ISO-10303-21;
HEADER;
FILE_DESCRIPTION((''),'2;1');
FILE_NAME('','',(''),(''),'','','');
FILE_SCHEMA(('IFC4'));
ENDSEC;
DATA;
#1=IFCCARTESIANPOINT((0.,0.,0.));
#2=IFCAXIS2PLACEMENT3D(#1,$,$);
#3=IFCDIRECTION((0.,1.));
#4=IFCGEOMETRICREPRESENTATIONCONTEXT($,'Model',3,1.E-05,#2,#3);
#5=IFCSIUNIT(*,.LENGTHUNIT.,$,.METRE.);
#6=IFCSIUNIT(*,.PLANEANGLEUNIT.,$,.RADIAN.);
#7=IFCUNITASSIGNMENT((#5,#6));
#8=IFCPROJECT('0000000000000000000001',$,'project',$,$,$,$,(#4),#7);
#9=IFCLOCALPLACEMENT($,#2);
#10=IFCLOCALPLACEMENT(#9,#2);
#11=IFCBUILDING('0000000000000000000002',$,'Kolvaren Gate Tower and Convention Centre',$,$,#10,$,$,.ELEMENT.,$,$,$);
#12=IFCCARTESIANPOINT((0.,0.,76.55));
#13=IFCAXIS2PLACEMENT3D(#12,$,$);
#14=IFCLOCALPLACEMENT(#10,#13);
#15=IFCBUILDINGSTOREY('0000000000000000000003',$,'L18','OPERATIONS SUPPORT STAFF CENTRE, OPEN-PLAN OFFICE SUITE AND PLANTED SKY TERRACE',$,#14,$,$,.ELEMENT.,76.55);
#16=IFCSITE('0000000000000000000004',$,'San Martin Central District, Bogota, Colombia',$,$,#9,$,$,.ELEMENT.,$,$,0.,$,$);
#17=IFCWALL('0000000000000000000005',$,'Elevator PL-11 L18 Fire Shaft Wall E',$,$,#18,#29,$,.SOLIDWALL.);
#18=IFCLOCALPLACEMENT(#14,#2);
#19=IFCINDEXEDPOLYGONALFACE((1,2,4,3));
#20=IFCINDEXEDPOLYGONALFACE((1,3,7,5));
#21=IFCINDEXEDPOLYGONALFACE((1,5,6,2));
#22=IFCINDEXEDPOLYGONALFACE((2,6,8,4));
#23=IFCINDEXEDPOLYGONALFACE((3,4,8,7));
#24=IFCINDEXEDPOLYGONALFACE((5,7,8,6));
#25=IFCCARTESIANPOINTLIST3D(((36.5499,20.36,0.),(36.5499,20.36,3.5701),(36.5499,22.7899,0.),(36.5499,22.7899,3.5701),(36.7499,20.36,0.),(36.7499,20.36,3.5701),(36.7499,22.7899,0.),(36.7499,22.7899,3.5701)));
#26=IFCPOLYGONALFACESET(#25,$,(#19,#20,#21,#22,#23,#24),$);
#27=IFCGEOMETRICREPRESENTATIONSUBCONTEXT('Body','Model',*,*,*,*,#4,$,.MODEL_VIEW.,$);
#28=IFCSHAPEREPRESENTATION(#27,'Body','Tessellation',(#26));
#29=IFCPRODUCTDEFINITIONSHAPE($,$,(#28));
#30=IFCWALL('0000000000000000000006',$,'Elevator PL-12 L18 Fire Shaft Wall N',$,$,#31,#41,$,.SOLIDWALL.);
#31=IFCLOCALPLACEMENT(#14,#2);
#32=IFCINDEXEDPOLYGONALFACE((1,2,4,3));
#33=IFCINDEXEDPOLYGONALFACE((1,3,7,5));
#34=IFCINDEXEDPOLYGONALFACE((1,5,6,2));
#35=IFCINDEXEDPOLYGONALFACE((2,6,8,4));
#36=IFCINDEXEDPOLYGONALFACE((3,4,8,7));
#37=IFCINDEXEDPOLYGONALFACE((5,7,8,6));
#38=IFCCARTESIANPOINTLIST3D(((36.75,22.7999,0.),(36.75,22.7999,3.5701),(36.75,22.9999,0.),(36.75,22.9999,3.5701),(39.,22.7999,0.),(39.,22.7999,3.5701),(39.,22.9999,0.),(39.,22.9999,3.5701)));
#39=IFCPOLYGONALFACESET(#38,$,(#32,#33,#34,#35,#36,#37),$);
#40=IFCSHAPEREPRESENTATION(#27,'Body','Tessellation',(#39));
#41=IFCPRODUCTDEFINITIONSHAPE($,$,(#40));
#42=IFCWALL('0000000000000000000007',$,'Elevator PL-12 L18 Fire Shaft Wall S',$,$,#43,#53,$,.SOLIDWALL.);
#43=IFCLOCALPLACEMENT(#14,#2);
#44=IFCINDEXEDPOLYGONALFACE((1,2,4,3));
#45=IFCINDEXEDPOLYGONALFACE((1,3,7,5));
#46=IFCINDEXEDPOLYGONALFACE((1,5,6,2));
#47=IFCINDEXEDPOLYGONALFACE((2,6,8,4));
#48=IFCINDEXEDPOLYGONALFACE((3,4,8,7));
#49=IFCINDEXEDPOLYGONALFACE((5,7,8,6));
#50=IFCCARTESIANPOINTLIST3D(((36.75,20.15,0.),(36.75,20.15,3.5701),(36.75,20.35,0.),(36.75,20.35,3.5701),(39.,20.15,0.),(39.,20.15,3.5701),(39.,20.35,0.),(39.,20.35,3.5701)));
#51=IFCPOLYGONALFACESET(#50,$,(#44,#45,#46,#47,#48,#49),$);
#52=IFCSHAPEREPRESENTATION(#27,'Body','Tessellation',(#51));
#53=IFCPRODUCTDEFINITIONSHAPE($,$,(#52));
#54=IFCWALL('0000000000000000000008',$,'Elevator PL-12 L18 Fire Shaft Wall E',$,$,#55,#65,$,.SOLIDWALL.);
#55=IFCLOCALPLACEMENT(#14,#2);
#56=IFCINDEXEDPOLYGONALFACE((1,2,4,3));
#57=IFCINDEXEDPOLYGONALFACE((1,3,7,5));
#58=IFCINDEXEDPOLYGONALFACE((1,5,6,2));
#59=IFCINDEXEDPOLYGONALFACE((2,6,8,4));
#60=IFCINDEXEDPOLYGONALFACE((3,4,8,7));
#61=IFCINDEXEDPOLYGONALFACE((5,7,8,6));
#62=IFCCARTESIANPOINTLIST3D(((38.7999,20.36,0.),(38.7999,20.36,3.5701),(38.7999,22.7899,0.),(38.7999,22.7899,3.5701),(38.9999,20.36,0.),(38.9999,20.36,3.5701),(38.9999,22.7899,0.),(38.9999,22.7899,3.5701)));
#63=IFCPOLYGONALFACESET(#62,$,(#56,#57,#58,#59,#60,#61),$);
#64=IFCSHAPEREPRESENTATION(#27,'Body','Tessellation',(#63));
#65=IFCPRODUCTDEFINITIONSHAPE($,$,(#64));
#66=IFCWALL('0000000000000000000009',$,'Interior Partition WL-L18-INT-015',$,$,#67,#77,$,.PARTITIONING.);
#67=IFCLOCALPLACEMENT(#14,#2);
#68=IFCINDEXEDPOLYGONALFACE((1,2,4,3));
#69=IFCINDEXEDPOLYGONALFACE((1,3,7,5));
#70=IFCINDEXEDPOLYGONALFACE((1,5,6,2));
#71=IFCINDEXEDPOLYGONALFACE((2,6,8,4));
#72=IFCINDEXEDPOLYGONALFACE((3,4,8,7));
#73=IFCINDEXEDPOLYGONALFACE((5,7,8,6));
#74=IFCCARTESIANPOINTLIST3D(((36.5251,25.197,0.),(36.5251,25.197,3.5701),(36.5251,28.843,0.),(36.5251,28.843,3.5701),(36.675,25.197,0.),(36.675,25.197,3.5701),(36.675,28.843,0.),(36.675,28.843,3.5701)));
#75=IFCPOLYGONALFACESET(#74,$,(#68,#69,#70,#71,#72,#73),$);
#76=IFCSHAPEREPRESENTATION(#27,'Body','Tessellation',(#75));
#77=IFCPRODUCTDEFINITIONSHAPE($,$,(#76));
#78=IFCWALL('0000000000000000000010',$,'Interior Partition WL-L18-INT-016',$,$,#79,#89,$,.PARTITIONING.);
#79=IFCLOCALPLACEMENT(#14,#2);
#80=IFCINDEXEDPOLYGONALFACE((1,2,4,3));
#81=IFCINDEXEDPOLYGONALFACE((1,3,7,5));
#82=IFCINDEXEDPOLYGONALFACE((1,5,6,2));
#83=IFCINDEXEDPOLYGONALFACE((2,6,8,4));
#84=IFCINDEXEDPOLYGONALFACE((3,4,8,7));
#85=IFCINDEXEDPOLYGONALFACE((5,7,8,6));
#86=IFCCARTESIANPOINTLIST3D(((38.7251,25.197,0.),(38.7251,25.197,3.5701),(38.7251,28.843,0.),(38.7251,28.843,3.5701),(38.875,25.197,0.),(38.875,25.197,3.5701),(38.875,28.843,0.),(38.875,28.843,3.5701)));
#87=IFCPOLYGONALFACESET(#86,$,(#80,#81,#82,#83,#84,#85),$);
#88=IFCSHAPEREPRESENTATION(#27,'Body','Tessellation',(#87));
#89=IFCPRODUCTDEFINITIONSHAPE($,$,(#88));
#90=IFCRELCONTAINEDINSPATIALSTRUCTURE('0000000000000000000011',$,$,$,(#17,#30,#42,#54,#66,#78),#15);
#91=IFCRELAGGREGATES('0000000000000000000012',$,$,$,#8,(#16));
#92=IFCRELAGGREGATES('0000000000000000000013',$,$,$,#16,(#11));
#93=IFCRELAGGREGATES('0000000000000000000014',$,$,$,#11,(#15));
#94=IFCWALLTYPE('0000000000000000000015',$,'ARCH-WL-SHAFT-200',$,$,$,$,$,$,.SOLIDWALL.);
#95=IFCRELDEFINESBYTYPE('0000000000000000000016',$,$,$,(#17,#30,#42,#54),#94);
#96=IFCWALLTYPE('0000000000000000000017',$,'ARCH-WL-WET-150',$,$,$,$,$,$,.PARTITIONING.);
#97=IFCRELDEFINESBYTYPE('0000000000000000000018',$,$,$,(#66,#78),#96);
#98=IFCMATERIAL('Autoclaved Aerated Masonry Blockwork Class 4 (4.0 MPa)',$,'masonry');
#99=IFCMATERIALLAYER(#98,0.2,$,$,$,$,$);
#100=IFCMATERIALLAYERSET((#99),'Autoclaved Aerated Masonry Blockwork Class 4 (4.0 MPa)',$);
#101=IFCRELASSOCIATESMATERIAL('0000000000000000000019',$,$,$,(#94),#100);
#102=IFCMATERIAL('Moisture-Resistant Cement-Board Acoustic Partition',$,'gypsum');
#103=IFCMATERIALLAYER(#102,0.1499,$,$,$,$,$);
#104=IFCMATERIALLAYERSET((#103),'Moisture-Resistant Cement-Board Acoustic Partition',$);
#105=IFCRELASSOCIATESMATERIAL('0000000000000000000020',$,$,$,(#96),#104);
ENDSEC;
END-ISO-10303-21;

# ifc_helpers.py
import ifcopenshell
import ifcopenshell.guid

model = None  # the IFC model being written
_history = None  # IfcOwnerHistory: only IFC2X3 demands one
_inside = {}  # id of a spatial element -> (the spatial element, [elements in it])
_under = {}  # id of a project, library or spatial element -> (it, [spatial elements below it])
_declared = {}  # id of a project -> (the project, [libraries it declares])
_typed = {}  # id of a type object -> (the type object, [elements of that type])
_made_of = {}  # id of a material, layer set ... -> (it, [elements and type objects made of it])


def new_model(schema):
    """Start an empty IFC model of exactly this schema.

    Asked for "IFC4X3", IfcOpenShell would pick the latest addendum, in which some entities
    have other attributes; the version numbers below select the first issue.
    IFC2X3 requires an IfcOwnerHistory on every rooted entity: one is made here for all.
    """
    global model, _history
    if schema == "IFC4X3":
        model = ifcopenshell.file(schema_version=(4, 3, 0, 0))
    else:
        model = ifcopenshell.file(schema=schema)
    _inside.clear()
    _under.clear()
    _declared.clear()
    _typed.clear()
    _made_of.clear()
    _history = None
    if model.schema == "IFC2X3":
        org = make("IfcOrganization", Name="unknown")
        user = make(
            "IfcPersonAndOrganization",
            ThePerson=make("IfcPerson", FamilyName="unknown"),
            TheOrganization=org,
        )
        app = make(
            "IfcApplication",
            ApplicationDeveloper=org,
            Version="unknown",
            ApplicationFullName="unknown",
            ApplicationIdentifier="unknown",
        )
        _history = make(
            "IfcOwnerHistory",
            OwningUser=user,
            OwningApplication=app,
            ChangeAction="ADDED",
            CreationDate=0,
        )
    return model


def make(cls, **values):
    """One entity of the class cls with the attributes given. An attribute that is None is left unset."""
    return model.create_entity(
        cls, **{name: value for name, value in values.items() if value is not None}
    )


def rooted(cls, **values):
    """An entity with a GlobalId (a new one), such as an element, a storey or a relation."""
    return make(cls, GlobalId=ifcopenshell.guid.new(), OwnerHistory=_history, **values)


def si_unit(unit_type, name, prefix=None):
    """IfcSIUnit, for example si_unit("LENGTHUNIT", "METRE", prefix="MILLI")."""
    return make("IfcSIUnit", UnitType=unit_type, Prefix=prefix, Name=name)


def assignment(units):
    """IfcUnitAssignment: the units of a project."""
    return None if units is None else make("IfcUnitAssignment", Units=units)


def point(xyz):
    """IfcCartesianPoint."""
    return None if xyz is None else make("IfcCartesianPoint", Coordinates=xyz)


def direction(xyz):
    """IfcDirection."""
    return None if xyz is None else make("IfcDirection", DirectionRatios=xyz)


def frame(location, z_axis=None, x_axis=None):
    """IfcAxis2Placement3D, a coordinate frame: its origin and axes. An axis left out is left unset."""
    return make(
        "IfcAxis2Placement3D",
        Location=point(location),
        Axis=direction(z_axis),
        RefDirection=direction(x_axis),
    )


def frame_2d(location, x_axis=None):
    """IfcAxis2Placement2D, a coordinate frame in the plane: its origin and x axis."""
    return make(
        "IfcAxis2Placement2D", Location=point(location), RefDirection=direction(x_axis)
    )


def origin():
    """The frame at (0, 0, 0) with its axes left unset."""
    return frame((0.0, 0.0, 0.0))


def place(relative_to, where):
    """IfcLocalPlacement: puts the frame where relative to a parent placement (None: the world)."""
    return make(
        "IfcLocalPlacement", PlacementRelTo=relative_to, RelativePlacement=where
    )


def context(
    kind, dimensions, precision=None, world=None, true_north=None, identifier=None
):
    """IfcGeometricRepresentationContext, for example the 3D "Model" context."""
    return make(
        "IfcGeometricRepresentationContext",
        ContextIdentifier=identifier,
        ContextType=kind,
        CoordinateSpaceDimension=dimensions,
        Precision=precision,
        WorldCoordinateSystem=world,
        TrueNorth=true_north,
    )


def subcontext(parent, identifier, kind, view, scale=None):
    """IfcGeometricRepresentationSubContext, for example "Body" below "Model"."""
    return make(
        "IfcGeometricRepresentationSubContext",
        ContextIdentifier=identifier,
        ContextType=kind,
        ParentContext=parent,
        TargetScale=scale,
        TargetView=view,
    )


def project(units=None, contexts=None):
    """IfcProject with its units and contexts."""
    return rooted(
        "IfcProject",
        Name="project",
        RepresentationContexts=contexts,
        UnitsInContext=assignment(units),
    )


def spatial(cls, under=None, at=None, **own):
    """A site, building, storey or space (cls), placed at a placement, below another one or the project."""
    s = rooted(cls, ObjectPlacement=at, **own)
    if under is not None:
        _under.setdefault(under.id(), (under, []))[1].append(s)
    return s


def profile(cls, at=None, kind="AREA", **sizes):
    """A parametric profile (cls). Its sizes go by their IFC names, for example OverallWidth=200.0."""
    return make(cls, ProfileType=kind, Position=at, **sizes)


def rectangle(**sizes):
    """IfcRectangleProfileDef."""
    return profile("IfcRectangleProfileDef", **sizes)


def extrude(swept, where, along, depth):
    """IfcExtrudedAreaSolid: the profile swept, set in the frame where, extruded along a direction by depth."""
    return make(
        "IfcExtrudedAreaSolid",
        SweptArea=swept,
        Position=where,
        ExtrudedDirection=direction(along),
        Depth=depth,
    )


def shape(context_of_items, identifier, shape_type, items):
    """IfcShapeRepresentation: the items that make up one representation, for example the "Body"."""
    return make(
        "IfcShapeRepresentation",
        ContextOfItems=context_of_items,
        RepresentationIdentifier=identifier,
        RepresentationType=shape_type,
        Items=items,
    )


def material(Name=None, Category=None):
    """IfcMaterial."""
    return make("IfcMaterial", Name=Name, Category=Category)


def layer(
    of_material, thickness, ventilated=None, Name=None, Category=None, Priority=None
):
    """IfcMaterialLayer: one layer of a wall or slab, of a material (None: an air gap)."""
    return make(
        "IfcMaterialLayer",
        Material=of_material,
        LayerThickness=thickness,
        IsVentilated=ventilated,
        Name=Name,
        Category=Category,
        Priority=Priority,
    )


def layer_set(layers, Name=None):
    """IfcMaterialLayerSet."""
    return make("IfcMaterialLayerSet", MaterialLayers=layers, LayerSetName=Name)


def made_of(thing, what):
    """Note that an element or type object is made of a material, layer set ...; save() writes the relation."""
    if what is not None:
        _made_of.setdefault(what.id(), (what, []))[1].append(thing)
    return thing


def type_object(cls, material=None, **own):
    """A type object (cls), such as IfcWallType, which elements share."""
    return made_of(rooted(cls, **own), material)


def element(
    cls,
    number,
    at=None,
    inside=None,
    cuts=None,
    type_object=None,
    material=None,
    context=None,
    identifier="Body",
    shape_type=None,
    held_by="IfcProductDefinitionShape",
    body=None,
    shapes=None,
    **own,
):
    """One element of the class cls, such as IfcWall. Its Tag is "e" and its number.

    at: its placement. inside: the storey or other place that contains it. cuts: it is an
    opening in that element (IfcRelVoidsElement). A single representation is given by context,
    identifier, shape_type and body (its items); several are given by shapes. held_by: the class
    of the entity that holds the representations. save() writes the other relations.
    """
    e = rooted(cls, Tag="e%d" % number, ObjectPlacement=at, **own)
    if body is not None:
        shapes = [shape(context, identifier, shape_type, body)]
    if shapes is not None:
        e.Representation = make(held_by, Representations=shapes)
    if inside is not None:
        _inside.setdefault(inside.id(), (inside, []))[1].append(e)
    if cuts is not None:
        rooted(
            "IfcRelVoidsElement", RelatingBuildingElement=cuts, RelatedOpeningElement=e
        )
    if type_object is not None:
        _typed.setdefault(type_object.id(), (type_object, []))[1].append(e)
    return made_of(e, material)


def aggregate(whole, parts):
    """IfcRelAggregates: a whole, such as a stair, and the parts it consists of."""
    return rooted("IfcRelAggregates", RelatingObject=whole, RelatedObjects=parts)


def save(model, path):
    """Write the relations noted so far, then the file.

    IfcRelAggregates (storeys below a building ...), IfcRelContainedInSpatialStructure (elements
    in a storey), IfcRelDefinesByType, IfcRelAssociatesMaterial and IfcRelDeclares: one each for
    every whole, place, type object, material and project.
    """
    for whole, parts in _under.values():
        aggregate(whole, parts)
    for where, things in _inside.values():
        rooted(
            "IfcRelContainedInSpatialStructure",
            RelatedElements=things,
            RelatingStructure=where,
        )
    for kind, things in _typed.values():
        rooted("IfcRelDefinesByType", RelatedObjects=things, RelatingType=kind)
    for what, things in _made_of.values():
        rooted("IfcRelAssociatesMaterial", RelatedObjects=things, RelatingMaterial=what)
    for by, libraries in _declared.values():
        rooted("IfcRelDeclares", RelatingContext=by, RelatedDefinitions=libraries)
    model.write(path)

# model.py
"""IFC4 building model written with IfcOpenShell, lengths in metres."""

from ifc_helpers import new_model, si_unit, direction, frame, frame_2d, origin, place, context, subcontext, project, spatial, rectangle, extrude, material, layer, layer_set, type_object, element, save


model = new_model("IFC4")

# Units and contexts
model_context = context("Model", 3, precision=1e-05, world=origin(), true_north=direction((0.0, 1.0)))
body_context = subcontext(model_context, "Body", "Model", "MODEL_VIEW")
ifc_project = project(units=[si_unit("LENGTHUNIT", "METRE"), si_unit("PLANEANGLEUNIT", "RADIAN")], contexts=[model_context])

# Site, building, storey
site_placement = place(None, origin())
site = spatial("IfcSite", under=ifc_project, at=site_placement, Name="San Martin Central District, Bogota, Colombia", CompositionType="ELEMENT", RefElevation=0.0)
building_placement = place(site_placement, origin())
building = spatial("IfcBuilding", under=site, at=building_placement, Name="Kolvaren Gate Tower and Convention Centre", CompositionType="ELEMENT")
storey_placement = place(building_placement, frame((0.0, 0.0, 76.55)))
storey = spatial("IfcBuildingStorey", under=building, at=storey_placement, Name="L18", Description="OPERATIONS SUPPORT STAFF CENTRE, OPEN-PLAN OFFICE SUITE AND PLANTED SKY TERRACE", CompositionType="ELEMENT", Elevation=76.55)

# Walls
ifc_material_1 = material(Name="Autoclaved Aerated Masonry Blockwork Class 4 (4.0 MPa)", Category="masonry")
ifc_layer_1 = layer(ifc_material_1, 0.2)
ifc_layer_set_1 = layer_set([ifc_layer_1], Name="Autoclaved Aerated Masonry Blockwork Class 4 (4.0 MPa)")
wall_type_1 = type_object("IfcWallType", Name="ARCH-WL-SHAFT-200", PredefinedType="SOLIDWALL", material=ifc_layer_set_1)
wall_1_placement = place(storey_placement, frame((36.6499, 20.3601, 0.0), z_axis=(0.0, 0.0, 1.0), x_axis=(0.0, 1.0, 0.0)))
element("IfcWall", 1, at=wall_1_placement, inside=storey, type_object=wall_type_1, Name="Elevator PL-11 L18 Fire Shaft Wall E", PredefinedType="SOLIDWALL", context=body_context, shape_type="SweptSolid", body=[
    extrude(rectangle(XDim=2.4299, YDim=0.2, at=frame_2d((1.2148, 0.0))), origin(), (0.0, 0.0, 1.0), 3.5701),
])
for number, where, z_axis, x_axis, name in (
    (2, (36.75, 22.8999, 0.0), (0.0, 0.0, 1.0), (1.0, 0.0, 0.0), "Elevator PL-12 L18 Fire Shaft Wall N"),
    (3, (36.75, 20.25, 0.0), (0.0, 0.0, 1.0), (1.0, 0.0, 0.0), "Elevator PL-12 L18 Fire Shaft Wall S"),
):
    element("IfcWall", number, at=place(storey_placement, frame(where, z_axis=z_axis, x_axis=x_axis)), inside=storey, type_object=wall_type_1, Name=name, PredefinedType="SOLIDWALL", context=body_context, shape_type="SweptSolid", body=[
        extrude(rectangle(XDim=2.25, YDim=0.2, at=frame_2d((1.125, 0.0))), origin(), (0.0, 0.0, 1.0), 3.5701),
    ])
wall_2_placement = place(storey_placement, frame((38.8999, 20.3601, 0.0), z_axis=(0.0, 0.0, 1.0), x_axis=(0.0, 1.0, 0.0)))
element("IfcWall", 4, at=wall_2_placement, inside=storey, type_object=wall_type_1, Name="Elevator PL-12 L18 Fire Shaft Wall E", PredefinedType="SOLIDWALL", context=body_context, shape_type="SweptSolid", body=[
    extrude(rectangle(XDim=2.4299, YDim=0.2, at=frame_2d((1.2148, 0.0))), origin(), (0.0, 0.0, 1.0), 3.5701),
])
ifc_material_2 = material(Name="Moisture-Resistant Cement-Board Acoustic Partition", Category="gypsum")
ifc_layer_2 = layer(ifc_material_2, 0.1499)
ifc_layer_set_2 = layer_set([ifc_layer_2], Name="Moisture-Resistant Cement-Board Acoustic Partition")
wall_type_2 = type_object("IfcWallType", Name="ARCH-WL-WET-150", PredefinedType="PARTITIONING", material=ifc_layer_set_2)
for number, where, z_axis, x_axis, name in (
    (5, (36.6001, 25.197, 0.0), (0.0, 0.0, 1.0), (0.0, 1.0, 0.0), "Interior Partition WL-L18-INT-015"),
    (6, (38.8, 25.197, 0.0), (0.0, 0.0, 1.0), (0.0, 1.0, 0.0), "Interior Partition WL-L18-INT-016"),
):
    element("IfcWall", number, at=place(storey_placement, frame(where, z_axis=z_axis, x_axis=x_axis)), inside=storey, type_object=wall_type_2, Name=name, PredefinedType="PARTITIONING", context=body_context, shape_type="SweptSolid", body=[
        extrude(rectangle(XDim=3.646, YDim=0.1499, at=frame_2d((1.823, 0.0))), origin(), (0.0, 0.0, 1.0), 3.5701),
    ])

save(model, "model.ifc")
